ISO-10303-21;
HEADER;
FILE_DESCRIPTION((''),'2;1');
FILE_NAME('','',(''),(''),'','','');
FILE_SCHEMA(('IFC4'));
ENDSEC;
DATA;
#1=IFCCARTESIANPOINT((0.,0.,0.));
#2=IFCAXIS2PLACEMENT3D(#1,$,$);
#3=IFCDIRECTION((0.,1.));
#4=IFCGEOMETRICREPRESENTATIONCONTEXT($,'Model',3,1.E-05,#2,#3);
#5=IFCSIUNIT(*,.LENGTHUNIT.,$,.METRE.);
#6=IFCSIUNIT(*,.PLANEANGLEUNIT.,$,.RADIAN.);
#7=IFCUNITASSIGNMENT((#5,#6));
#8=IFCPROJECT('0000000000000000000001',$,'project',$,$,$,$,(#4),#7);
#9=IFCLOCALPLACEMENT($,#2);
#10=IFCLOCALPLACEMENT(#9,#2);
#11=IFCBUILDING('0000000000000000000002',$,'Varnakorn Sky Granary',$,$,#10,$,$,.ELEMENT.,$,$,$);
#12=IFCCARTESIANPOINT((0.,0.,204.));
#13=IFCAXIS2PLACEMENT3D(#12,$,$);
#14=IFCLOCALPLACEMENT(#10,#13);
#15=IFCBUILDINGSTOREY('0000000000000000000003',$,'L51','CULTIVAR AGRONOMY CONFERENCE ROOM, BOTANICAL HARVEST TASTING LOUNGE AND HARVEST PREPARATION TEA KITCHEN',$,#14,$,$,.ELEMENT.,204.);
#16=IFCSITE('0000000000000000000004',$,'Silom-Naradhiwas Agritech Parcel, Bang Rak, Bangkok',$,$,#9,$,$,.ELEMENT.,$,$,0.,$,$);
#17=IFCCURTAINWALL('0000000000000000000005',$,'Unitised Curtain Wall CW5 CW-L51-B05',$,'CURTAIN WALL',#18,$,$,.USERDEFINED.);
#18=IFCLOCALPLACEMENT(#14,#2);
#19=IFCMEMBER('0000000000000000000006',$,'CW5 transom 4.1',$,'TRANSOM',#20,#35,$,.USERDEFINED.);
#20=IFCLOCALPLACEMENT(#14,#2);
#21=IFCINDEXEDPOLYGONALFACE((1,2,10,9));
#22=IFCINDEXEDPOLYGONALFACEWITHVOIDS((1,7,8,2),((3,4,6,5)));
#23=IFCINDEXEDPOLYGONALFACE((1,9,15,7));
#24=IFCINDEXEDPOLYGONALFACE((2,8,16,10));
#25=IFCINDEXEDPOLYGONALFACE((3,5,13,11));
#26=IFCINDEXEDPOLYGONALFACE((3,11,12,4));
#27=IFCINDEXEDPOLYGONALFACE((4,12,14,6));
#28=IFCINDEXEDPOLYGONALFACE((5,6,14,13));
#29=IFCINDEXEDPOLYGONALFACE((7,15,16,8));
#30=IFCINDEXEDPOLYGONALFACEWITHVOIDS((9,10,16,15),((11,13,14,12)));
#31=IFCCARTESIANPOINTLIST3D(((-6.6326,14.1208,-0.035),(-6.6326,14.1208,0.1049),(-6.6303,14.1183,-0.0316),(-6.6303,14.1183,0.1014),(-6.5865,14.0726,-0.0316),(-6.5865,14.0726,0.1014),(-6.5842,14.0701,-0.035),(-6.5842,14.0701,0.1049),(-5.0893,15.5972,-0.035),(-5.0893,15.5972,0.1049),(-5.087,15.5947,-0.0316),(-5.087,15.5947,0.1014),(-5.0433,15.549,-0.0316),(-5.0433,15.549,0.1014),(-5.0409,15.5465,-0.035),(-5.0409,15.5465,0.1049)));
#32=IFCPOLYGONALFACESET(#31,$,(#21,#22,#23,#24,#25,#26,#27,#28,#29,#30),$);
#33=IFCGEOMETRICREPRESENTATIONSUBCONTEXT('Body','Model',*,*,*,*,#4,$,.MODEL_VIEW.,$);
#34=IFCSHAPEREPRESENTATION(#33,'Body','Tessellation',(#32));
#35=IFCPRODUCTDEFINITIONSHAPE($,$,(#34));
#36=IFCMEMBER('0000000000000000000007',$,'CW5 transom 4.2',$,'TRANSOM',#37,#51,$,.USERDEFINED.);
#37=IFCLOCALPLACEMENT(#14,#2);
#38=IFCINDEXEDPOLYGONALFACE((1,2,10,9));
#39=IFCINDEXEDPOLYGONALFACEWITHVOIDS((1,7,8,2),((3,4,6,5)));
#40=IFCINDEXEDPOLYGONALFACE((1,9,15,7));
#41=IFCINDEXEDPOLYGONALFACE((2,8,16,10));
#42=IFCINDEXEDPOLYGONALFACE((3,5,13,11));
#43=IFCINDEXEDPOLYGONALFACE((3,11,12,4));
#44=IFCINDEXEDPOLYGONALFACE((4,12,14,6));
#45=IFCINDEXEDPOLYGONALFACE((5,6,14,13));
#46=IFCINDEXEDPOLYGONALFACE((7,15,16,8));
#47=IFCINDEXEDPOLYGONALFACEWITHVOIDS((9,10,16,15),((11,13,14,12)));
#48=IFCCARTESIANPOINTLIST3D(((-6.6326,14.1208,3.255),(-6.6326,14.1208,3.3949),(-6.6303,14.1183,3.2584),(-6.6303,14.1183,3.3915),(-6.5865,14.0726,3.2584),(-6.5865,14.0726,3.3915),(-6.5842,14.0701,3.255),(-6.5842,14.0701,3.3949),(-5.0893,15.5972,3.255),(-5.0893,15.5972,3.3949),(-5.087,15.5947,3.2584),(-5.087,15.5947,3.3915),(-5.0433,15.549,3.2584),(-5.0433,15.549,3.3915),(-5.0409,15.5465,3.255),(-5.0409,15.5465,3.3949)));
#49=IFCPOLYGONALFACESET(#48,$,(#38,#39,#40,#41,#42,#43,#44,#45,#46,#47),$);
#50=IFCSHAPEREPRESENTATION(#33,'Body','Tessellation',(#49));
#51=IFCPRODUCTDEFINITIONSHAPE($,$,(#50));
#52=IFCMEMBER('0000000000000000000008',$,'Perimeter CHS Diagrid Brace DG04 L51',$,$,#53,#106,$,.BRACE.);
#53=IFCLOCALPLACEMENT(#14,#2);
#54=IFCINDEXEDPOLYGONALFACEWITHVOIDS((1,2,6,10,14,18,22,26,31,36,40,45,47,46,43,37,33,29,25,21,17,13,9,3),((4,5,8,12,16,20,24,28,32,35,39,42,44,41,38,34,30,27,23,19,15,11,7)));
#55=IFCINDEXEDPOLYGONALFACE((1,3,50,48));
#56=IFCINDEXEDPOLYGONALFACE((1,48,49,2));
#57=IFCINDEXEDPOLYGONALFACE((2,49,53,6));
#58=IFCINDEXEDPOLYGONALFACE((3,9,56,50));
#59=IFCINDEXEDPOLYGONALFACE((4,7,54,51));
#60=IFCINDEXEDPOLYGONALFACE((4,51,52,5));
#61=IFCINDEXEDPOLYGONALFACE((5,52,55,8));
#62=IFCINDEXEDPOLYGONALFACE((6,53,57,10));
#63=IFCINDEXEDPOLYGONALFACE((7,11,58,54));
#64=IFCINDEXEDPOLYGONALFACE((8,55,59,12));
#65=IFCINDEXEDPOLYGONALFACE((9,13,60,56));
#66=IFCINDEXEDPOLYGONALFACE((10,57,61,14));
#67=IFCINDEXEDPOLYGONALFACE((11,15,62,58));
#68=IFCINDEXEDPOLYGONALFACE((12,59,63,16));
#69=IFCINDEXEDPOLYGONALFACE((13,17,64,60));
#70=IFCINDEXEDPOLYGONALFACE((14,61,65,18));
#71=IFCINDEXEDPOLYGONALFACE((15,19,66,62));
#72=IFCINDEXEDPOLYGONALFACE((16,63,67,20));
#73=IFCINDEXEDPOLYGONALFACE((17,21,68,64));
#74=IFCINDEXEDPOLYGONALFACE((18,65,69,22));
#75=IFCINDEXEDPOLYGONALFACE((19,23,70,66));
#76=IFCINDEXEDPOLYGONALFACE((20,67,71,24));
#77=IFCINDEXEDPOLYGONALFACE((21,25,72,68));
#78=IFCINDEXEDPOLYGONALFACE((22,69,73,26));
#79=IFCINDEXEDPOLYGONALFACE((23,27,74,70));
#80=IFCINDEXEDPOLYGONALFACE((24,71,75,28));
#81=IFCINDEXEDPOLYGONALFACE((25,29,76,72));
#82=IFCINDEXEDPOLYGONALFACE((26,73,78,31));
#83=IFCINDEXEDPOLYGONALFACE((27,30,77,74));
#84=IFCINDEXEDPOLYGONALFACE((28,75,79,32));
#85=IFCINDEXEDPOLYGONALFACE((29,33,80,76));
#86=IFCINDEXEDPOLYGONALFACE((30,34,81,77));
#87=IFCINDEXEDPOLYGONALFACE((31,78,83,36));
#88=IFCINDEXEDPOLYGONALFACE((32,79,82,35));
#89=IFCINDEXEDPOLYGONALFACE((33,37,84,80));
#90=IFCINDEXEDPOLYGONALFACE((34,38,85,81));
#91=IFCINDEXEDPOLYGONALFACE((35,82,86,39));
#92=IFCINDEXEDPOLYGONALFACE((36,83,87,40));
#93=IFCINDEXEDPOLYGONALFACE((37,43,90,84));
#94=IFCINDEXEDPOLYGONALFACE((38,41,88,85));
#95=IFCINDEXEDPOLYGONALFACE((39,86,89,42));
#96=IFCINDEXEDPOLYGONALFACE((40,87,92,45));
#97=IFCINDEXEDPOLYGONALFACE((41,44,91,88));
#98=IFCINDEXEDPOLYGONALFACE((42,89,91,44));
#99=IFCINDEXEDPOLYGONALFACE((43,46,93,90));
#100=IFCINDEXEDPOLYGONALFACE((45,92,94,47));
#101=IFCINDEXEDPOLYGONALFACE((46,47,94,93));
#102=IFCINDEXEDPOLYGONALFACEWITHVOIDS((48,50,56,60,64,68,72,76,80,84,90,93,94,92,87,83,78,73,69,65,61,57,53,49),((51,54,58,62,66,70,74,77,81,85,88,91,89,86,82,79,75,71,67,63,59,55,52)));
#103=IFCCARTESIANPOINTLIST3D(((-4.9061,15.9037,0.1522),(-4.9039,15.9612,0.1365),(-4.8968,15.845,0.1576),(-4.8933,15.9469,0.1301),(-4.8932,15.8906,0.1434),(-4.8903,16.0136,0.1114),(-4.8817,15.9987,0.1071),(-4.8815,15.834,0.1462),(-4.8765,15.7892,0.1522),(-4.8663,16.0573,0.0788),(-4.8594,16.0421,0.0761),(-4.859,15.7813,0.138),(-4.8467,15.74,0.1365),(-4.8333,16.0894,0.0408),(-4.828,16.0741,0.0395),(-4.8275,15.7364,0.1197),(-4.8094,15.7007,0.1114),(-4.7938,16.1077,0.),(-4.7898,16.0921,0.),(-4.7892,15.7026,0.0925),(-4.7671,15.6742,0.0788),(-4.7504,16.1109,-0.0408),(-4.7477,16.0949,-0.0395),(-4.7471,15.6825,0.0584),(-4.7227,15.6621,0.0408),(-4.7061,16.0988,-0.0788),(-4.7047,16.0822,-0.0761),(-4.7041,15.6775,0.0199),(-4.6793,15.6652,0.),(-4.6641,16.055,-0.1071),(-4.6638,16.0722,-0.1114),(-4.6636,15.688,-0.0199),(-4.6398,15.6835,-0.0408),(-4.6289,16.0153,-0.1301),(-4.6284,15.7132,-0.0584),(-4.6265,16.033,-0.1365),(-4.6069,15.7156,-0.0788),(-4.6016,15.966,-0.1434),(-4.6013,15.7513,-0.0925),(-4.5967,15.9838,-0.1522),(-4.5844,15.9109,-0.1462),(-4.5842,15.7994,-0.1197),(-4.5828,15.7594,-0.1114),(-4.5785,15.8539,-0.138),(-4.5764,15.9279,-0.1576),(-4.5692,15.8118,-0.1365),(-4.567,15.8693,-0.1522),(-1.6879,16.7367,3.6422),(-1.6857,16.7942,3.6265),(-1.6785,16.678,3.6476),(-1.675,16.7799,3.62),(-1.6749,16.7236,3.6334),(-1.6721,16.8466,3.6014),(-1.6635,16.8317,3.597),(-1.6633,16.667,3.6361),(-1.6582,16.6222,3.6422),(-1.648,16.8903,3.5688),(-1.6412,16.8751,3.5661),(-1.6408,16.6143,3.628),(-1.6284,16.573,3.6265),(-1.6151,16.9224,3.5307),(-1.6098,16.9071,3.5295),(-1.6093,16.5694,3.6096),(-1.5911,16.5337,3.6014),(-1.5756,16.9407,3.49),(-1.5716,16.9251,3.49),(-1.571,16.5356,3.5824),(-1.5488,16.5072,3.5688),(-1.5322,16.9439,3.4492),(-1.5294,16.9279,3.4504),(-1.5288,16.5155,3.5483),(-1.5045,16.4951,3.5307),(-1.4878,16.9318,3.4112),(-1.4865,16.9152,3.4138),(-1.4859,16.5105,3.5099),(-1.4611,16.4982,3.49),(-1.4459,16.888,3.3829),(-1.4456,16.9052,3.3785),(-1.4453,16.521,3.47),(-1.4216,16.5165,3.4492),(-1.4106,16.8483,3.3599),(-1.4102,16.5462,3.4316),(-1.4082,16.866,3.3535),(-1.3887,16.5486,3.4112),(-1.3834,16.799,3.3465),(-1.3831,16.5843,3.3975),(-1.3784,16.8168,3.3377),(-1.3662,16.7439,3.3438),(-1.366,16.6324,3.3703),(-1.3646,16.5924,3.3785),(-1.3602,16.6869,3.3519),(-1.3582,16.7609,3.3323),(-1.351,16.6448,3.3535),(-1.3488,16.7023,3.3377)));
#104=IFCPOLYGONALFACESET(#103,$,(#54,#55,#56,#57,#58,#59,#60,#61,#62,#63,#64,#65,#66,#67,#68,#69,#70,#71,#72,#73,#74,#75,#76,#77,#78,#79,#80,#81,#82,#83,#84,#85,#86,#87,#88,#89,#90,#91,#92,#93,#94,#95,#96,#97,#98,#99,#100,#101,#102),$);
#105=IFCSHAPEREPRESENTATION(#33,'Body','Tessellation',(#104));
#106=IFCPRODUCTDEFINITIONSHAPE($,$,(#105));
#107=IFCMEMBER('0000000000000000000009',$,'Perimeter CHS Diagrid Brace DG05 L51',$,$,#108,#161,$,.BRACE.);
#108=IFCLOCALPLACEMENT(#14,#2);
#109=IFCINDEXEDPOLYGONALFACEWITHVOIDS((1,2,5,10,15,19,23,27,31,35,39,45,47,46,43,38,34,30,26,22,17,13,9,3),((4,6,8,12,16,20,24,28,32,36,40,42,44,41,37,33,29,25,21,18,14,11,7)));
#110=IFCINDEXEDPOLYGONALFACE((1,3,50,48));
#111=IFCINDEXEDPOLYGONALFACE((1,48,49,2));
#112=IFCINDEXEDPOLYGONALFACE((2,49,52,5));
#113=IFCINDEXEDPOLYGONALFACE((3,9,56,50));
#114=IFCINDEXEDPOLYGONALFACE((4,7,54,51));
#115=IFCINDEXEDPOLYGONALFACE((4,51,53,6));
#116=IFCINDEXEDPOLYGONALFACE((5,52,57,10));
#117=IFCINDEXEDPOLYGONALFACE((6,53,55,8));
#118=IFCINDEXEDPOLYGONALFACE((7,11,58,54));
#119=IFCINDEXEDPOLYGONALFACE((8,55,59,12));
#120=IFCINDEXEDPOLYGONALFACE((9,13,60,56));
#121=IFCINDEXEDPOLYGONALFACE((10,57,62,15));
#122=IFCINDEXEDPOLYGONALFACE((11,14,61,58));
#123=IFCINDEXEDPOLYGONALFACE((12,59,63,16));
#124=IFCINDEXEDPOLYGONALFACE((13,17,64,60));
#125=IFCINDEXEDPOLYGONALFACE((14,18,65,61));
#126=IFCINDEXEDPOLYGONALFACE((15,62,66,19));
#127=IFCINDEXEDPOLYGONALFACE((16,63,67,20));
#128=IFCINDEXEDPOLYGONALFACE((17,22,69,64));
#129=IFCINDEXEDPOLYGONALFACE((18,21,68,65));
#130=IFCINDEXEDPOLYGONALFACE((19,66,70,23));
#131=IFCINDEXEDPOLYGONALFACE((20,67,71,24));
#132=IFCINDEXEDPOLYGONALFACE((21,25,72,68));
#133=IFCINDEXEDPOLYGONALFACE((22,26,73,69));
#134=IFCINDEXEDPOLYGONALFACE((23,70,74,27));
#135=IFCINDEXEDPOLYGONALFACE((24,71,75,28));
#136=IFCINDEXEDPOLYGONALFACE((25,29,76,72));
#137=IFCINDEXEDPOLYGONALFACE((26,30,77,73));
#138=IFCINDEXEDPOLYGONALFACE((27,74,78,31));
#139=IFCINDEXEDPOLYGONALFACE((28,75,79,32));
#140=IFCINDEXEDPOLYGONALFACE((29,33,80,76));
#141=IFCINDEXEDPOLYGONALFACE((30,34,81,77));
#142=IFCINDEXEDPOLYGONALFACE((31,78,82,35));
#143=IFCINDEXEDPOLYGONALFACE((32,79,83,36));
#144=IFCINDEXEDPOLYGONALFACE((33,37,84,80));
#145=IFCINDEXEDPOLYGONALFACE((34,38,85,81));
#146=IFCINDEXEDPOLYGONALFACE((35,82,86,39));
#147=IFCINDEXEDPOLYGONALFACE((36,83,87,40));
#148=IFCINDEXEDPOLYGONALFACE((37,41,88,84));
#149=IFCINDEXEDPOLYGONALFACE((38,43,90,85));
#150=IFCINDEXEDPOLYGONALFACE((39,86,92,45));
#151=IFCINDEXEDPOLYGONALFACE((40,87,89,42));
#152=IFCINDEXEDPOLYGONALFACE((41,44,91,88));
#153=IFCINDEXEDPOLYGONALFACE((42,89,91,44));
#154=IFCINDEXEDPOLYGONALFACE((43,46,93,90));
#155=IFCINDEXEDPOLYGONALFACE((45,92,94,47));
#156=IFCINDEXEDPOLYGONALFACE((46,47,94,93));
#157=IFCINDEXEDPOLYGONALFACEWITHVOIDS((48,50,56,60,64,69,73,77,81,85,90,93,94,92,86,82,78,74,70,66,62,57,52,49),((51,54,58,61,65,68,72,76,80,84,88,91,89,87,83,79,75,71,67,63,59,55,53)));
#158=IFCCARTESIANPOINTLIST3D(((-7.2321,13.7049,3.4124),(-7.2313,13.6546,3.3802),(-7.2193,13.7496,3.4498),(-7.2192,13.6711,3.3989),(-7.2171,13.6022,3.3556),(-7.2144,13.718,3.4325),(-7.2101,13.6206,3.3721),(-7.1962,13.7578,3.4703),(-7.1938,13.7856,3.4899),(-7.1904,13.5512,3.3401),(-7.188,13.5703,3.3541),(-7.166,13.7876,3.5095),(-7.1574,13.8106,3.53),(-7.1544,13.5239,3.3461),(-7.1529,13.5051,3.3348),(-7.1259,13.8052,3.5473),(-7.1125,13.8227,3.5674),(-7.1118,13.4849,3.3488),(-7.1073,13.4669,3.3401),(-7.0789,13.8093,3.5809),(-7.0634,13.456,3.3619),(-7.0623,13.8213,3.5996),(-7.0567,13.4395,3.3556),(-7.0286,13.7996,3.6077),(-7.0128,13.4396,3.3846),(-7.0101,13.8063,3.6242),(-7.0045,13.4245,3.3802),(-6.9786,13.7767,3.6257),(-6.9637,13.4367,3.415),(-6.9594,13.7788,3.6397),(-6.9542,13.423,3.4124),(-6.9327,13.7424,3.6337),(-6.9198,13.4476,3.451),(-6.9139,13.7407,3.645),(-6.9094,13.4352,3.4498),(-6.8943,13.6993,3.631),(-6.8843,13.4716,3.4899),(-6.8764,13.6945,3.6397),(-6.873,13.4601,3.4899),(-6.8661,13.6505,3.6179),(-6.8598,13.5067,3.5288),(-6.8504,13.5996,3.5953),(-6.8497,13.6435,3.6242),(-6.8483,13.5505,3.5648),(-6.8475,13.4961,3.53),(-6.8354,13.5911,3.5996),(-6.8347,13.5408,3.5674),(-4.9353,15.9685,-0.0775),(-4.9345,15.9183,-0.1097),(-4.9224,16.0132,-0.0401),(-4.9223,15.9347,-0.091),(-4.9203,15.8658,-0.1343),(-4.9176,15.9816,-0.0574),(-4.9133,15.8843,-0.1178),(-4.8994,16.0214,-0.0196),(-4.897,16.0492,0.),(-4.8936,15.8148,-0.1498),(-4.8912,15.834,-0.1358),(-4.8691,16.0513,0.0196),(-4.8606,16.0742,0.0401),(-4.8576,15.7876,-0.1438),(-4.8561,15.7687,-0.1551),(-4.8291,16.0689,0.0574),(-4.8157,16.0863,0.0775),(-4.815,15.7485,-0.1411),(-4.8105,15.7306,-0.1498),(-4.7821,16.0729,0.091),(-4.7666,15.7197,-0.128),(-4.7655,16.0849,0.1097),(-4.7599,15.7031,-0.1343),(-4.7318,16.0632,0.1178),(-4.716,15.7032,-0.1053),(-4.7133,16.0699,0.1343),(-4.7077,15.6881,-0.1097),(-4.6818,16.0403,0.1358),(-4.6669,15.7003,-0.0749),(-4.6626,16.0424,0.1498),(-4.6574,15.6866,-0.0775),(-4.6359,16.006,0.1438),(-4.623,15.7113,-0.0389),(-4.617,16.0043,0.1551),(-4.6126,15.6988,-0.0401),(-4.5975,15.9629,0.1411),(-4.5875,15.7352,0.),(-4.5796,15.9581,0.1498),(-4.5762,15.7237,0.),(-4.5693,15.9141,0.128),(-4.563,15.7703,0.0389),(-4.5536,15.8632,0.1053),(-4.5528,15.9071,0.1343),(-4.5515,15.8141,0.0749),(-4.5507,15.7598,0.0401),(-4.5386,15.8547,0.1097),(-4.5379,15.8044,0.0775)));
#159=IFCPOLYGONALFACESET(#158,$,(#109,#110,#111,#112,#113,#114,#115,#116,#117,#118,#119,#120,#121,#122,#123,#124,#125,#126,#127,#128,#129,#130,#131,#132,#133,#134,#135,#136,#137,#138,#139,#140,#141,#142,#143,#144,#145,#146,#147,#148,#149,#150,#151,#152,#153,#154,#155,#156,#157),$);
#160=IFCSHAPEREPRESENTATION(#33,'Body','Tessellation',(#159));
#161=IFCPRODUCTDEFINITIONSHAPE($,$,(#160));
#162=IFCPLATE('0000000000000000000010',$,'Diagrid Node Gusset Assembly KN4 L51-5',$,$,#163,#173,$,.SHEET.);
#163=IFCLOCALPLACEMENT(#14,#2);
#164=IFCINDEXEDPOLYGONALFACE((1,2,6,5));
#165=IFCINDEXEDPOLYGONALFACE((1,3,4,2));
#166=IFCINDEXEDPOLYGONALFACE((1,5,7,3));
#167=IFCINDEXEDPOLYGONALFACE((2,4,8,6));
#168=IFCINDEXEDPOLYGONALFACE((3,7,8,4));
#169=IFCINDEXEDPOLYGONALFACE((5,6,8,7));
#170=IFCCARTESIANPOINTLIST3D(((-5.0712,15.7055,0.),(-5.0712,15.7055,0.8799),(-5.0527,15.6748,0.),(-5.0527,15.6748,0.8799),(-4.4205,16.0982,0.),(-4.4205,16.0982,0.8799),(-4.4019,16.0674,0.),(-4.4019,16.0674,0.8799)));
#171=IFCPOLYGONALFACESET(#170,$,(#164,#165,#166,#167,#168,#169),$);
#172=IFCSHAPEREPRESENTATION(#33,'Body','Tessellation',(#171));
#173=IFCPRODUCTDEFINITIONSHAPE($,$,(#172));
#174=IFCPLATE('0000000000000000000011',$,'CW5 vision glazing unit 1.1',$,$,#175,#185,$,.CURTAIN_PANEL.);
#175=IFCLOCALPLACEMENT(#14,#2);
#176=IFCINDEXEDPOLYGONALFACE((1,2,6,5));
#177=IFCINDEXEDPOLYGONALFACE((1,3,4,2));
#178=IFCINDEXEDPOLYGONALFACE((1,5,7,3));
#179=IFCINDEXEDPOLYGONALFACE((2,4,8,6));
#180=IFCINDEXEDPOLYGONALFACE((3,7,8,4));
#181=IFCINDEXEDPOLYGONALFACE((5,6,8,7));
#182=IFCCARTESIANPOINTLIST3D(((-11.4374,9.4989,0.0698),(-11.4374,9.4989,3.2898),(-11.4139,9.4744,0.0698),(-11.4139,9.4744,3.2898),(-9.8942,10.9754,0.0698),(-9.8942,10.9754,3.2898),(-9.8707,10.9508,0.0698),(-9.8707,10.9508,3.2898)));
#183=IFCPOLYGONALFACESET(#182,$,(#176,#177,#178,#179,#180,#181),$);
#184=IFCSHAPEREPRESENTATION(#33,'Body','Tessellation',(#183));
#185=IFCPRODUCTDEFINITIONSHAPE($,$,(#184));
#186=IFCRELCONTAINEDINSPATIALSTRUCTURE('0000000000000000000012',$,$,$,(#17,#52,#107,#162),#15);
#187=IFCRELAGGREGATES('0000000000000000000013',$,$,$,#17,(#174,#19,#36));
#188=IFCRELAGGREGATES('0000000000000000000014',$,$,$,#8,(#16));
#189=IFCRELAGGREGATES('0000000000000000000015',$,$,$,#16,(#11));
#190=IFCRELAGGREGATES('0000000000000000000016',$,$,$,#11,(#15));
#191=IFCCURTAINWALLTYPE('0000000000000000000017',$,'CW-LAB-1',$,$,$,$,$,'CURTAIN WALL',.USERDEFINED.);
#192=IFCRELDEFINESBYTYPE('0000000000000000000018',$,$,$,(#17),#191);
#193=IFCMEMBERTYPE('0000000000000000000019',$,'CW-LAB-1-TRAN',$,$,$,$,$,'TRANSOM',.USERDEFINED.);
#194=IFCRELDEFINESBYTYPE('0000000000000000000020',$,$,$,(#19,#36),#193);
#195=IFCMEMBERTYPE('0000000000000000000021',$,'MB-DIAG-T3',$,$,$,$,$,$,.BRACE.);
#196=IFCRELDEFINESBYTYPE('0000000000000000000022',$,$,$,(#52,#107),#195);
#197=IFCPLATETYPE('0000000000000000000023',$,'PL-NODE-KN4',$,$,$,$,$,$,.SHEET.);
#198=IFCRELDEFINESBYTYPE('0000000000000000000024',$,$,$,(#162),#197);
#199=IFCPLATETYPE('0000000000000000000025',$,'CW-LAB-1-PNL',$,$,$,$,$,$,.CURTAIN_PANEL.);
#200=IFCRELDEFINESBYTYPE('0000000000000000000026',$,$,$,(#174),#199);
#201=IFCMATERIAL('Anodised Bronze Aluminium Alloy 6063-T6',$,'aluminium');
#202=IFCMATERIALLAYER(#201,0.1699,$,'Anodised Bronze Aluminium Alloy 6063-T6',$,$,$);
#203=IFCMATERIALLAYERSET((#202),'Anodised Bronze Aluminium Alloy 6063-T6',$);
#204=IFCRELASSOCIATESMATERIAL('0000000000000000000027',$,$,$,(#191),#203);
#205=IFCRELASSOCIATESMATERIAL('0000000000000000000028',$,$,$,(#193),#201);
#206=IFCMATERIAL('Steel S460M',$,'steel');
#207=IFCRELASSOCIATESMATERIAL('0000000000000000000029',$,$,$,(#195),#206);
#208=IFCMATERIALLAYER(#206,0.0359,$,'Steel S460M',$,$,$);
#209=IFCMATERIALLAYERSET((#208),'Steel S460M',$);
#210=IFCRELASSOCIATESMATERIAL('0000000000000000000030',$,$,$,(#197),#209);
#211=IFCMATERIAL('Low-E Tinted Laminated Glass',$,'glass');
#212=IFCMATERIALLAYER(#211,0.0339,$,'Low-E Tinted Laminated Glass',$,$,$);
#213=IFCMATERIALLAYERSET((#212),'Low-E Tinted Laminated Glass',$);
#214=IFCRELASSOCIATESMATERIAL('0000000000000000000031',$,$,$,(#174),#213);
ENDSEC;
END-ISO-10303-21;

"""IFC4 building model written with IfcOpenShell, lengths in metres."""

from ifc_helpers import new_model, si_unit, direction, frame, origin, origin_2d, place, context, subcontext, project, spatial, rectangle, hollow_rectangle, hollow_circle, extrude, source, transform, mapped, material, layer, layer_set, material_profile, profile_set, type_object, element, aggregate, save


model = new_model("IFC4")

# Units and contexts
model_context = context("Model", 3, precision=1e-05, world=origin(), true_north=direction((0.0, 1.0)))
body_context = subcontext(model_context, "Body", "Model", "MODEL_VIEW")
ifc_project = project(units=[si_unit("LENGTHUNIT", "METRE"), si_unit("PLANEANGLEUNIT", "RADIAN")], contexts=[model_context])

# Site, building, storey
site_placement = place(None, origin())
site = spatial("IfcSite", under=ifc_project, at=site_placement, Name="Silom-Naradhiwas Agritech Parcel, Bang Rak, Bangkok", CompositionType="ELEMENT", RefElevation=0.0)
building_placement = place(site_placement, origin())
building = spatial("IfcBuilding", under=site, at=building_placement, Name="Varnakorn Sky Granary", CompositionType="ELEMENT")
storey_placement = place(building_placement, frame((0.0, 0.0, 204.0)))
storey = spatial("IfcBuildingStorey", under=building, at=storey_placement, Name="L51", Description="CULTIVAR AGRONOMY CONFERENCE ROOM, BOTANICAL HARVEST TASTING LOUNGE AND HARVEST PREPARATION TEA KITCHEN", CompositionType="ELEMENT", Elevation=204.0)

# Shared definitions
ifc_material_1 = material(Name="Steel S460M", Category="steel")

# Shared definitions
ifc_material_2 = material(Name="Anodised Bronze Aluminium Alloy 6063-T6", Category="aluminium")
ifc_layer_1 = layer(ifc_material_2, 0.1699, Name="Anodised Bronze Aluminium Alloy 6063-T6")
ifc_layer_set_1 = layer_set([ifc_layer_1], Name="Anodised Bronze Aluminium Alloy 6063-T6")
curtain_wall_type = type_object("IfcCurtainWallType", Name="CW-LAB-1", ElementType="CURTAIN WALL", PredefinedType="USERDEFINED", material=ifc_layer_set_1)

# Curtain wall
curtain_wall_1_placement = place(storey_placement, origin())
curtain_wall_1 = element("IfcCurtainWall", 1, at=curtain_wall_1_placement, inside=storey, type_object=curtain_wall_type, Name="Unitised Curtain Wall CW5 CW-L51-B05", ObjectType="CURTAIN WALL", PredefinedType="USERDEFINED")

# Members
ifc_material_profile_1 = material_profile(ifc_material_2, hollow_rectangle(XDim=0.0701, YDim=0.1399, WallThickness=0.0034, at=origin_2d()), Name="ALU TRAN 70x140")
ifc_profile_set_1 = profile_set([ifc_material_profile_1], Name="Anodised Bronze Aluminium Alloy 6063-T6")
member_type_1 = type_object("IfcMemberType", Name="CW-LAB-1-TRAN", ElementType="TRANSOM", PredefinedType="USERDEFINED", material=ifc_profile_set_1)
member_1_placement = place(storey_placement, frame((-6.6084, 14.0955, 0.0349), z_axis=(0.722595, 0.691272, 0.0), x_axis=(-0.691272, 0.722595, 0.0)))
member_1 = element("IfcMember", 2, at=member_1_placement, type_object=member_type_1, Name="CW5 transom 4.1", ObjectType="TRANSOM", PredefinedType="USERDEFINED", context=body_context, shape_type="SweptSolid", body=[
    extrude(hollow_rectangle(XDim=0.0701, YDim=0.1399, WallThickness=0.0034, at=origin_2d()), origin(), (0.0, 0.0, 1.0), 2.1357),
])
member_2_placement = place(storey_placement, frame((-6.6084, 14.0955, 3.325), z_axis=(0.722595, 0.691272, 0.0), x_axis=(-0.691272, 0.722595, 0.0)))
member_2 = element("IfcMember", 3, at=member_2_placement, type_object=member_type_1, Name="CW5 transom 4.2", ObjectType="TRANSOM", PredefinedType="USERDEFINED", context=body_context, shape_type="SweptSolid", body=[
    extrude(hollow_rectangle(XDim=0.0701, YDim=0.1399, WallThickness=0.0034, at=origin_2d()), origin(), (0.0, 0.0, 1.0), 2.1357),
])

# Members
ifc_material_profile_2 = material_profile(ifc_material_1, hollow_circle(Radius=0.2285, WallThickness=0.0161, at=origin_2d()), Name="CHS 457x16")
ifc_profile_set_2 = profile_set([ifc_material_profile_2], Name="Steel S460M")
member_type_2 = type_object("IfcMemberType", Name="MB-DIAG-T3", PredefinedType="BRACE", material=ifc_profile_set_2)
member_3_placement = place(storey_placement, frame((-4.7366, 15.8865, 0.0), z_axis=(0.667707, 0.172828, 0.724084), x_axis=(-0.25058, 0.968096, 0.0)))
element("IfcMember", 4, at=member_3_placement, inside=storey, type_object=member_type_2, Name="Perimeter CHS Diagrid Brace DG04 L51", PredefinedType="BRACE", context=body_context, shape_type="SweptSolid", body=[
    extrude(hollow_circle(Radius=0.2285, WallThickness=0.0161, at=origin_2d()), origin(), (0.0, 0.0, 1.0), 4.8198),
])
member_4_placement = place(storey_placement, frame((-4.7366, 15.8865, 0.0), z_axis=(-0.483367, -0.476379, 0.734452), x_axis=(0.70194, -0.712236, 0.0)))
element("IfcMember", 5, at=member_4_placement, inside=storey, type_object=member_type_2, Name="Perimeter CHS Diagrid Brace DG05 L51", PredefinedType="BRACE", context=body_context, shape_type="SweptSolid", body=[
    extrude(hollow_circle(Radius=0.2285, WallThickness=0.0161, at=origin_2d()), origin(), (0.0, 0.0, 1.0), 4.7517),
])

# Plates
ifc_layer_2 = layer(ifc_material_1, 0.0359, Name="Steel S460M")
ifc_layer_set_2 = layer_set([ifc_layer_2], Name="Steel S460M")
plate_type_1 = type_object("IfcPlateType", Name="PL-NODE-KN4", PredefinedType="SHEET", material=ifc_layer_set_2)
plate_1_placement = place(storey_placement, frame((-4.7366, 15.8865, 0.0), z_axis=(0.0, 0.0, 1.0), x_axis=(-0.856191, -0.51666, 0.0)))
element("IfcPlate", 6, at=plate_1_placement, inside=storey, type_object=plate_type_1, Name="Diagrid Node Gusset Assembly KN4 L51-5", PredefinedType="SHEET", context=body_context, shape_type="SweptSolid", body=[
    extrude(rectangle(XDim=0.76, YDim=0.0359, at=origin_2d()), origin(), (0.0, 0.0, 1.0), 0.8799),
])
ifc_material_3 = material(Name="Low-E Tinted Laminated Glass", Category="glass")
ifc_layer_3 = layer(ifc_material_3, 0.0339, Name="Low-E Tinted Laminated Glass")
ifc_layer_set_3 = layer_set([ifc_layer_3], Name="Low-E Tinted Laminated Glass")
plate_type_2 = type_object("IfcPlateType", Name="CW-LAB-1-PNL", PredefinedType="CURTAIN_PANEL")
shared_shape_1 = source(origin(), body_context, "Body", "SweptSolid", [
    extrude(rectangle(XDim=2.1357, YDim=0.0339, at=origin_2d()), origin(), (0.0, 0.0, 1.0), 3.22),
])
plate_2_placement = place(storey_placement, frame((-10.6541, 10.2249, 0.0698), z_axis=(0.0, 0.0, 1.0), x_axis=(0.722551, 0.691317, 0.0)))
plate_2 = element("IfcPlate", 7, at=plate_2_placement, type_object=plate_type_2, material=ifc_layer_set_3, Name="CW5 vision glazing unit 1.1", PredefinedType="CURTAIN_PANEL", context=body_context, shape_type="MappedRepresentation", body=[
    mapped(shared_shape_1, transform((0.0, 0.0, 0.0), x_axis=(1.0, 0.0, 0.0), y_axis=(0.0, 1.0, 0.0), z_axis=(0.0, 0.0, 1.0), scale=1.0)),
])
aggregate(curtain_wall_1, [plate_2, member_1, member_2])

save(model, "model.ifc")
